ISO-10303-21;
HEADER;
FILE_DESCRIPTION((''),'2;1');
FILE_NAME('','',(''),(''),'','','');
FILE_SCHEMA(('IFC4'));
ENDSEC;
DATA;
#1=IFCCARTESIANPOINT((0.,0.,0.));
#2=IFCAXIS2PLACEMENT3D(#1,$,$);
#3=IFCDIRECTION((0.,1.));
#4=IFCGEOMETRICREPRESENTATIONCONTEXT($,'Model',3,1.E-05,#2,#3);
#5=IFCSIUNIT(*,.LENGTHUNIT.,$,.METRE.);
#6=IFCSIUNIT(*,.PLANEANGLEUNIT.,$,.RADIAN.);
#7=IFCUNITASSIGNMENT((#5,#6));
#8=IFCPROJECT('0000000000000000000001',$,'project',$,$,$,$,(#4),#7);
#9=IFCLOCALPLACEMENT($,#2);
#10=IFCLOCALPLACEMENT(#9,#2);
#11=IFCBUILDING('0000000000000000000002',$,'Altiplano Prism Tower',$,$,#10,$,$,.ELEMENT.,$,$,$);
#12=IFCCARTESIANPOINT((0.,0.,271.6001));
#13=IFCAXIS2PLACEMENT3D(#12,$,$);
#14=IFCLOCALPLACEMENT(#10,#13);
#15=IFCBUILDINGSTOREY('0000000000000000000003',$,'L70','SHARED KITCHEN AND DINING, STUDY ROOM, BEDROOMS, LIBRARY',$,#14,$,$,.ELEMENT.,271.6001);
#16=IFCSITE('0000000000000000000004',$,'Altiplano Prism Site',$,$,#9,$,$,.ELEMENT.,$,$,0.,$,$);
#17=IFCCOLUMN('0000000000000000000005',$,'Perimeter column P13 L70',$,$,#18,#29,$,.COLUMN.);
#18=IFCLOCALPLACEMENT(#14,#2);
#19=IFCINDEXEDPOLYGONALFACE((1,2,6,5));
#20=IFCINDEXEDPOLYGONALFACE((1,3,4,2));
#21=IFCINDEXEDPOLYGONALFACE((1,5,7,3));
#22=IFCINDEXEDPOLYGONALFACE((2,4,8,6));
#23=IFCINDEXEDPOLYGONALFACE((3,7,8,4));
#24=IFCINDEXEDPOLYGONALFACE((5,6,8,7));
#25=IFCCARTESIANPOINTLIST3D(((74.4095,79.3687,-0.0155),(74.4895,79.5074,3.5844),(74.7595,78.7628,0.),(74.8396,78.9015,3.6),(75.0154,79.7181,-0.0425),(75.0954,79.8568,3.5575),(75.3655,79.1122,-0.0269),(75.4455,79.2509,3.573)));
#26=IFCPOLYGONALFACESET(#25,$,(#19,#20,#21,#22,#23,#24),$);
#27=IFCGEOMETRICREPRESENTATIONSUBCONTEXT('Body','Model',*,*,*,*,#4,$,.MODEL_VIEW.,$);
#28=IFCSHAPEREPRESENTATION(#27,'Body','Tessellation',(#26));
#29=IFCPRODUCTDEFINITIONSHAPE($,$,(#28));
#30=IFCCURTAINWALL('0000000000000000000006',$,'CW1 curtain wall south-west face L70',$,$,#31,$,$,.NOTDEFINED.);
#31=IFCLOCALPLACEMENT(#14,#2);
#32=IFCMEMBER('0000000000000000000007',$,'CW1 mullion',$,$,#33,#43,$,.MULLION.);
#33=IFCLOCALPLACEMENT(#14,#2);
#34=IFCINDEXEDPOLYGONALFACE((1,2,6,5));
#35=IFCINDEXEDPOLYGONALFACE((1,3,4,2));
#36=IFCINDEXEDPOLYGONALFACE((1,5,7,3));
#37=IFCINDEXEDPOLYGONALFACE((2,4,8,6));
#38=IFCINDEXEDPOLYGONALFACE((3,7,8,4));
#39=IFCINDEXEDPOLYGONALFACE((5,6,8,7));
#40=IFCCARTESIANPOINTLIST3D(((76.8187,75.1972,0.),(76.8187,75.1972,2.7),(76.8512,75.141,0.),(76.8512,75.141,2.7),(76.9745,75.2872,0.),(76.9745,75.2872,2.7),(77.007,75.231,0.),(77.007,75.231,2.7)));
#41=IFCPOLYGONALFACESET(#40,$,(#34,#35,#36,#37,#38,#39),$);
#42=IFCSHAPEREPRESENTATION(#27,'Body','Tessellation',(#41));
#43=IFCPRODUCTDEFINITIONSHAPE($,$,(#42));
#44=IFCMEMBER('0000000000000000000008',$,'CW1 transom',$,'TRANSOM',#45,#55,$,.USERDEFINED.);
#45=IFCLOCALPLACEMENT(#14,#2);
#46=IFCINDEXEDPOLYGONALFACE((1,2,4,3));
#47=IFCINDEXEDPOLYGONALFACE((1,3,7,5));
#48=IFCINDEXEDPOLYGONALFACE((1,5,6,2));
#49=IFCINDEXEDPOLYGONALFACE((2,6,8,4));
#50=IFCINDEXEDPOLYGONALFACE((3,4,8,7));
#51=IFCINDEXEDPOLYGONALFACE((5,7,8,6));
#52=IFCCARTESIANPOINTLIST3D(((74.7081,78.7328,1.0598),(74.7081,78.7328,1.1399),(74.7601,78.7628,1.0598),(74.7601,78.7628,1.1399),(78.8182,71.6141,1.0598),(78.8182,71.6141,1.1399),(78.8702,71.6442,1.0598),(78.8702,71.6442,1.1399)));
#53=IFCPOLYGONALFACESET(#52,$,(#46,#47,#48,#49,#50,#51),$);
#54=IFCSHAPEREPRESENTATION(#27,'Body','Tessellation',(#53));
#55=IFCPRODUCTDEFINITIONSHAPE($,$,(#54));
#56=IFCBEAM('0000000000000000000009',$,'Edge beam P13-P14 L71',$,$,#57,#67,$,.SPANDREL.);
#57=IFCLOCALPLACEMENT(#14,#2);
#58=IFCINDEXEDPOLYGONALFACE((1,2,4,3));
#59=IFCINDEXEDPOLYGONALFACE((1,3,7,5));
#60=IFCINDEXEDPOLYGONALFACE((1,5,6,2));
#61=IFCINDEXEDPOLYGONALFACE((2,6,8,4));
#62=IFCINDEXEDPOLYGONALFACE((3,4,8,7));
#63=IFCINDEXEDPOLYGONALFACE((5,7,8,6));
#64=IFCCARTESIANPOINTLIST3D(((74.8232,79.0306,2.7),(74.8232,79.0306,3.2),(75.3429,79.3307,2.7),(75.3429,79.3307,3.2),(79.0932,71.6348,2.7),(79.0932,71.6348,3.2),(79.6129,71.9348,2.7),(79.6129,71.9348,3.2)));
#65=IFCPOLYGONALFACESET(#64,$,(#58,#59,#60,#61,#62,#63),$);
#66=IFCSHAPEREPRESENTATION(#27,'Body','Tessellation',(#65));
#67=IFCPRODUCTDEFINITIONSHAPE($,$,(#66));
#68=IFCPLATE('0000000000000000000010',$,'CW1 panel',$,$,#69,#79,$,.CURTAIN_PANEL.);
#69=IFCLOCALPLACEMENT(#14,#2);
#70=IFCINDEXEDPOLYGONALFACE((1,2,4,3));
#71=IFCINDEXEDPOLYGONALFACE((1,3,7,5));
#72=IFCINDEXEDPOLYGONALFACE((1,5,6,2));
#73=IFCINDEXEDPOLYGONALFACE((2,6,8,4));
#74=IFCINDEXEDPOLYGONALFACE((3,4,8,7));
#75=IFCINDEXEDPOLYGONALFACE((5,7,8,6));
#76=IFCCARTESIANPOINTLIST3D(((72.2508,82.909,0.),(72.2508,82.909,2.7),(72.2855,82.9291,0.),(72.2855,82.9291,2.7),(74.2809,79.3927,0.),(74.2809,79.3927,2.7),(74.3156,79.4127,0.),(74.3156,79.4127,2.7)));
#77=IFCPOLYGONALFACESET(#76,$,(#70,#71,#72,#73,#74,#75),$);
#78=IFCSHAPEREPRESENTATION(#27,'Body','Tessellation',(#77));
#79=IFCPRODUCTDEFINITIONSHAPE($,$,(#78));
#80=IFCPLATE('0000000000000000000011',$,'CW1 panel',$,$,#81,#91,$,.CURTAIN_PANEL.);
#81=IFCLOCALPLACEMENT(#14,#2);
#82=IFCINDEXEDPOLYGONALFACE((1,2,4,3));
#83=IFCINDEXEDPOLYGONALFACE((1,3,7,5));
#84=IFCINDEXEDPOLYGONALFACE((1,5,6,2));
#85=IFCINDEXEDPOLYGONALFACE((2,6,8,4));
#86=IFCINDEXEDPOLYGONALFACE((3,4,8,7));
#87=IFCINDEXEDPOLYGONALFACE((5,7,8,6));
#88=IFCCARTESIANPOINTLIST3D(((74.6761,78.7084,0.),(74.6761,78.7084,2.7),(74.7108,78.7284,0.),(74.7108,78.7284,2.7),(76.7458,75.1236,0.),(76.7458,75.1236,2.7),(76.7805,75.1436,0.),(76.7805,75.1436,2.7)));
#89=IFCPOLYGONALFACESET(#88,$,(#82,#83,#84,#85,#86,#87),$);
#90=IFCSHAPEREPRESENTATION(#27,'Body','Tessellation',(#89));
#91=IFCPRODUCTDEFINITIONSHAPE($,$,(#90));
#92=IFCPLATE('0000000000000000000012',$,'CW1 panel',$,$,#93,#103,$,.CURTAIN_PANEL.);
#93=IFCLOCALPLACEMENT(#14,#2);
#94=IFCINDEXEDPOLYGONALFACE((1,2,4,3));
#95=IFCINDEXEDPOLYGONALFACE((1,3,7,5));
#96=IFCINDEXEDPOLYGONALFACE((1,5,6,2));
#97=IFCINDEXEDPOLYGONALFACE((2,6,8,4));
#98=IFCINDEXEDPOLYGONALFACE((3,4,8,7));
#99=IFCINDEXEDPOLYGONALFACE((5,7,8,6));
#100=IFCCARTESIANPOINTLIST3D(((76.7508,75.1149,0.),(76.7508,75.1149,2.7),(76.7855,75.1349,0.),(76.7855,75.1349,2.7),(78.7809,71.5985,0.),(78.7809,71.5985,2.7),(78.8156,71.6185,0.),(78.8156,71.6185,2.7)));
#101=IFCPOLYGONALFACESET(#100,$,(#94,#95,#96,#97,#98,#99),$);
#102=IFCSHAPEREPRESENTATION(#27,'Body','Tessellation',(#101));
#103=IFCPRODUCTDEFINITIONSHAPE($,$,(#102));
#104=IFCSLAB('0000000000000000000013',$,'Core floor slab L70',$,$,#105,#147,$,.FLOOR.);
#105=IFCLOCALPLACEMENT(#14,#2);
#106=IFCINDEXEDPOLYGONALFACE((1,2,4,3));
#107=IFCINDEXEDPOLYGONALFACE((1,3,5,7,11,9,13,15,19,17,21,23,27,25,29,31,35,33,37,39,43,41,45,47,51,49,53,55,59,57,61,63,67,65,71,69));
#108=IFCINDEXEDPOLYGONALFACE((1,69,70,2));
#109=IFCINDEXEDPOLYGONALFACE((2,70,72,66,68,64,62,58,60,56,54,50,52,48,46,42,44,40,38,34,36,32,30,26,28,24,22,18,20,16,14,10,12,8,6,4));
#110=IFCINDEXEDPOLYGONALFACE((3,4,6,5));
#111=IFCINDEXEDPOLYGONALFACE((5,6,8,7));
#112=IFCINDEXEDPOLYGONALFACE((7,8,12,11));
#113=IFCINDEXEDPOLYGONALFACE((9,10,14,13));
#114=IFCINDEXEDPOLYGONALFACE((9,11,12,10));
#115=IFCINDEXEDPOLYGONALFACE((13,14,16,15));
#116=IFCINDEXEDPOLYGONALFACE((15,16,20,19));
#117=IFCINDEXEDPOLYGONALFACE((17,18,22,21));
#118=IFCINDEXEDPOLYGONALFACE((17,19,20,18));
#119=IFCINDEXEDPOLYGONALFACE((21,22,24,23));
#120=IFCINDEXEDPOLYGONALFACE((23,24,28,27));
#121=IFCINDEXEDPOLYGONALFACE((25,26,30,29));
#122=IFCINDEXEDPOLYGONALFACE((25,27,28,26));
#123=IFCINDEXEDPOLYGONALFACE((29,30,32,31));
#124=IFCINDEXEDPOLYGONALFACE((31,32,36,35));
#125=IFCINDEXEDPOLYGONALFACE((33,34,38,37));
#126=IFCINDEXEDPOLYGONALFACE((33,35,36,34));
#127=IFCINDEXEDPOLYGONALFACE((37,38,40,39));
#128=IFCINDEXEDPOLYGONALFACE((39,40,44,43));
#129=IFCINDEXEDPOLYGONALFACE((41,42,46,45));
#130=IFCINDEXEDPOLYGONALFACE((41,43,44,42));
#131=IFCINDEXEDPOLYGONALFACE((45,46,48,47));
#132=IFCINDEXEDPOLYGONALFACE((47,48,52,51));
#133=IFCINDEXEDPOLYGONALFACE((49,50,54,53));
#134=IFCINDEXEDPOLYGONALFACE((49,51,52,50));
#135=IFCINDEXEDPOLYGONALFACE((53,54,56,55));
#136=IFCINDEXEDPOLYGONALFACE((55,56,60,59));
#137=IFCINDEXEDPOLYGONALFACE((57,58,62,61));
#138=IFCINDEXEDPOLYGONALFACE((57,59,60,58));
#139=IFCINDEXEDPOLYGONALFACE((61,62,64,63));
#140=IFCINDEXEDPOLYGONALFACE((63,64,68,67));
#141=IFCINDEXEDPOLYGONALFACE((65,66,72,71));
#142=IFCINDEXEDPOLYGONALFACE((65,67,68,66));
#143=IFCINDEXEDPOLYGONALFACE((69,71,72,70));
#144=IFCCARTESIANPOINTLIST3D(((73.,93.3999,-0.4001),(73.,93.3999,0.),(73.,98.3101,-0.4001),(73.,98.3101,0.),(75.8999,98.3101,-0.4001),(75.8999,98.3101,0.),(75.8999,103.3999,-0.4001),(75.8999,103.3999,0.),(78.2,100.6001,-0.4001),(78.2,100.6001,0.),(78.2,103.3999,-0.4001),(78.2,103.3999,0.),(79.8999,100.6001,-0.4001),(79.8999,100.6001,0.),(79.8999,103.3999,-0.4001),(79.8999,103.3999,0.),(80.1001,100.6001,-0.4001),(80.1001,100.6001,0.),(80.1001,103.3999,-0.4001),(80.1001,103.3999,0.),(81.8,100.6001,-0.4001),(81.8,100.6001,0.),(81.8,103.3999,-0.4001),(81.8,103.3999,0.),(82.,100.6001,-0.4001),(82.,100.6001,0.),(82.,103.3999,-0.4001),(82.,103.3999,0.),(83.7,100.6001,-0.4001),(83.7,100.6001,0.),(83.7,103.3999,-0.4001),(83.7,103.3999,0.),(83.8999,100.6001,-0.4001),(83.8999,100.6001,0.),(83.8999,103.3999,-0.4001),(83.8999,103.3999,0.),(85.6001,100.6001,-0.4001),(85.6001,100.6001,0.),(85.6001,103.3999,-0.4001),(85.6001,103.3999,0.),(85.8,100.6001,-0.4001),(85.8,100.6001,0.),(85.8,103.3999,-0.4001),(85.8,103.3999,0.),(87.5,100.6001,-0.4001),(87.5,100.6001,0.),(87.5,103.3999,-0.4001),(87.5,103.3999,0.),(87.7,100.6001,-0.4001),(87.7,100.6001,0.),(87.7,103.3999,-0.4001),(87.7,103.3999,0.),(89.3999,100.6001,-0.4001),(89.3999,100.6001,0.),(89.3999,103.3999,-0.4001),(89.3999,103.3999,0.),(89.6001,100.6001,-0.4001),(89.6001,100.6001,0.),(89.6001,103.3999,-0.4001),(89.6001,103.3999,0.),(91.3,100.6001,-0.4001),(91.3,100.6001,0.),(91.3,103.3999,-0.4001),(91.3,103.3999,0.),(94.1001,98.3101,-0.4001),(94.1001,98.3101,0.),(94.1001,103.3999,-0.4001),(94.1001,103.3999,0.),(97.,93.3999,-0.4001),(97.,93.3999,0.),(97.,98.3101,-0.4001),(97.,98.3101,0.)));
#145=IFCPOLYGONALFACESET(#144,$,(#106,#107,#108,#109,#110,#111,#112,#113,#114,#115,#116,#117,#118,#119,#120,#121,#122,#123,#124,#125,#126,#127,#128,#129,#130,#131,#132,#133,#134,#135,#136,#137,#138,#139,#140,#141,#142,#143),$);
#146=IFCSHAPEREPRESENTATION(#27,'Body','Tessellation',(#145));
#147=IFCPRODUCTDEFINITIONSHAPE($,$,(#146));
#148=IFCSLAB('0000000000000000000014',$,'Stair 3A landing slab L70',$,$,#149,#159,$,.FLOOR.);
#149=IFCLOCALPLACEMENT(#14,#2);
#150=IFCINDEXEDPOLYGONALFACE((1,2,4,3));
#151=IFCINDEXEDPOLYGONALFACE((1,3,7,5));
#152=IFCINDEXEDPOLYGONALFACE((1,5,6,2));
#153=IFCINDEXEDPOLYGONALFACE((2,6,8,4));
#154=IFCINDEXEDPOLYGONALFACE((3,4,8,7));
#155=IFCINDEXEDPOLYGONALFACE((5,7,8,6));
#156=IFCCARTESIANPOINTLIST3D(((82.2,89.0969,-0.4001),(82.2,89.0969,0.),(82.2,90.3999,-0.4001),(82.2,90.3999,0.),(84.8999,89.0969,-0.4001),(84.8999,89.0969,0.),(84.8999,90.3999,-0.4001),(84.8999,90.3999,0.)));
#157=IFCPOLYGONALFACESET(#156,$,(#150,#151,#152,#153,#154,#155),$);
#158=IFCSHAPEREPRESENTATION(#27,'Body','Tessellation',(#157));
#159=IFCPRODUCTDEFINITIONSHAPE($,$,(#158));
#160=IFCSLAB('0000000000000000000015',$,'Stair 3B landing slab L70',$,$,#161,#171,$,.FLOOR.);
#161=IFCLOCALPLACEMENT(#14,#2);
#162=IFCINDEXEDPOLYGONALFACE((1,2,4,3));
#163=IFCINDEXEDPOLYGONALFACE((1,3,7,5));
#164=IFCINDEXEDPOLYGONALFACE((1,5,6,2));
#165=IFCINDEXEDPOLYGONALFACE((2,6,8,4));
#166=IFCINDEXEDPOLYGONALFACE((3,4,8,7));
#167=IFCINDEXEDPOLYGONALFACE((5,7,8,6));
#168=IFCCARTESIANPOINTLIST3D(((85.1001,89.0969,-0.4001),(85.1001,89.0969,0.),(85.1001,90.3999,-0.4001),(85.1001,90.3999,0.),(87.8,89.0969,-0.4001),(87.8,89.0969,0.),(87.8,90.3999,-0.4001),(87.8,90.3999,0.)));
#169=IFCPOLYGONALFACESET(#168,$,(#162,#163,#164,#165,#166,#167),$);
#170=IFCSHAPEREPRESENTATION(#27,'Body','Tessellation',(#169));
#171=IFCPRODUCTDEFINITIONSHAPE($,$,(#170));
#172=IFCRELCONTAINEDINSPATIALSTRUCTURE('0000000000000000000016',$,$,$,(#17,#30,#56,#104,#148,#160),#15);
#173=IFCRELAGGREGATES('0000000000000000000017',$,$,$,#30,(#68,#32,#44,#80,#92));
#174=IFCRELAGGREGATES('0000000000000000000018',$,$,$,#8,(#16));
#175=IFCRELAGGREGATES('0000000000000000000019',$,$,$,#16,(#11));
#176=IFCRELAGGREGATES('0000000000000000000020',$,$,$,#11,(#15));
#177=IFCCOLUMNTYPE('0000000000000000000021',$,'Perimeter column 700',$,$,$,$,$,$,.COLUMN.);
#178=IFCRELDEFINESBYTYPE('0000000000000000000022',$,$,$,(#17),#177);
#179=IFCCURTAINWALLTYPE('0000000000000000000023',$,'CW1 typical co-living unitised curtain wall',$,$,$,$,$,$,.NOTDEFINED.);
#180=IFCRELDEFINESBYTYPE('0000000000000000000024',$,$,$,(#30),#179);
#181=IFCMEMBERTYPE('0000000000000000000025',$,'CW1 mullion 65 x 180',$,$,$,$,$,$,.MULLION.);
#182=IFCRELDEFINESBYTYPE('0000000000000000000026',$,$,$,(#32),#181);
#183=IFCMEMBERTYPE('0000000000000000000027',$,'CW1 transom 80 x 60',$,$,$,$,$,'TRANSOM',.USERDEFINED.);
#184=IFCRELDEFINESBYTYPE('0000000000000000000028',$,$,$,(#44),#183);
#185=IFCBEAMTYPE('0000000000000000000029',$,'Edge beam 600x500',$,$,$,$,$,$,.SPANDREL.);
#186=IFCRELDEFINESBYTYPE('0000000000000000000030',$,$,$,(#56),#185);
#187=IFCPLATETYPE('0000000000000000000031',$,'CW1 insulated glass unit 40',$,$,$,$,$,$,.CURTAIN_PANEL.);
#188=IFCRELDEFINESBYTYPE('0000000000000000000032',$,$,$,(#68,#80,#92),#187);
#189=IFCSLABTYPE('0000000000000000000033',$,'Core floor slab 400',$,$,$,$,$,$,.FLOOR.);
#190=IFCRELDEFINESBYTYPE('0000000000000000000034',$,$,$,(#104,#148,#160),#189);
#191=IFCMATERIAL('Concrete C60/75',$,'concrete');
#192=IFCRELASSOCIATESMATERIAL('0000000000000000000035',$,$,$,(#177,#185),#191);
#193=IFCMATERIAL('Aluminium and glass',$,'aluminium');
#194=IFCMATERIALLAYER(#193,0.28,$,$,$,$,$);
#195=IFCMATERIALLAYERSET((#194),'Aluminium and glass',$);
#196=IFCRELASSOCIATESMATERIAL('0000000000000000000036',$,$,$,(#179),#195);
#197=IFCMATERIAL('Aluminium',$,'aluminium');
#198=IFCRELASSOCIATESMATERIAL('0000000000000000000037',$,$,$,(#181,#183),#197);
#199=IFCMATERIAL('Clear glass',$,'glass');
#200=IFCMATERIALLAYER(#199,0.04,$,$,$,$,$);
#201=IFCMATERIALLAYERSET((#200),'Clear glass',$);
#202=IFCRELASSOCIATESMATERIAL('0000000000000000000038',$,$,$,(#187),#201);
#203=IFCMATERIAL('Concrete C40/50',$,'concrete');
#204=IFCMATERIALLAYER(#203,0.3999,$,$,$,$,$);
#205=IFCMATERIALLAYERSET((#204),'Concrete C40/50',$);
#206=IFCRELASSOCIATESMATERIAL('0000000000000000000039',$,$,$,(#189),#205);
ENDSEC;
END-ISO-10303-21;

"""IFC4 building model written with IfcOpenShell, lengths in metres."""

from ifc_helpers import new_model, si_unit, direction, frame, origin, origin_2d, place, context, subcontext, project, spatial, polyline, rectangle, outline, extrude, material, layer, layer_set, material_profile, profile_set, type_object, element, aggregate, save


model = new_model("IFC4")

# Units and contexts
model_context = context("Model", 3, precision=1e-05, world=origin(), true_north=direction((0.0, 1.0)))
body_context = subcontext(model_context, "Body", "Model", "MODEL_VIEW")
ifc_project = project(units=[si_unit("LENGTHUNIT", "METRE"), si_unit("PLANEANGLEUNIT", "RADIAN")], contexts=[model_context])

# Site, building, storey
site_placement = place(None, origin())
site = spatial("IfcSite", under=ifc_project, at=site_placement, Name="Altiplano Prism Site", CompositionType="ELEMENT", RefElevation=0.0)
building_placement = place(site_placement, origin())
building = spatial("IfcBuilding", under=site, at=building_placement, Name="Altiplano Prism Tower", CompositionType="ELEMENT")
storey_placement = place(building_placement, frame((0.0, 0.0, 271.6001)))
storey = spatial("IfcBuildingStorey", under=building, at=storey_placement, Name="L70", Description="SHARED KITCHEN AND DINING, STUDY ROOM, BEDROOMS, LIBRARY", CompositionType="ELEMENT", Elevation=271.6001)

# Column
ifc_material_1 = material(Name="Concrete C60/75", Category="concrete")
ifc_material_profile_1 = material_profile(ifc_material_1, rectangle(XDim=0.7, YDim=0.7, at=origin_2d()), Name="Perimeter column 700")
ifc_profile_set_1 = profile_set([ifc_material_profile_1], Name="Concrete C60/75")
column_type = type_object("IfcColumnType", Name="Perimeter column 700", PredefinedType="COLUMN", material=ifc_profile_set_1)
column_placement = place(storey_placement, frame((74.8875, 79.2405, -0.0212), z_axis=(0.022223, 0.038483, 0.999012), x_axis=(-0.865642, -0.499182, 0.038485)))
element("IfcColumn", 1, at=column_placement, inside=storey, type_object=column_type, Name="Perimeter column P13 L70", PredefinedType="COLUMN", context=body_context, shape_type="SweptSolid", body=[
    extrude(rectangle(XDim=0.7, YDim=0.7, at=origin_2d()), origin(), (0.0, 0.0, 1.0), 3.6035),
])

# Curtain wall, members
ifc_material_2 = material(Name="Aluminium and glass", Category="aluminium")
ifc_layer_1 = layer(ifc_material_2, 0.28)
ifc_layer_set_1 = layer_set([ifc_layer_1], Name="Aluminium and glass")
curtain_wall_type = type_object("IfcCurtainWallType", Name="CW1 typical co-living unitised curtain wall", PredefinedType="NOTDEFINED", material=ifc_layer_set_1)
curtain_wall_placement = place(storey_placement, origin())
curtain_wall = element("IfcCurtainWall", 2, at=curtain_wall_placement, inside=storey, type_object=curtain_wall_type, Name="CW1 curtain wall south-west face L70", PredefinedType="NOTDEFINED")
ifc_material_3 = material(Name="Aluminium", Category="aluminium")
ifc_material_profile_2 = material_profile(ifc_material_3, rectangle(XDim=0.1799, YDim=0.0649, at=origin_2d()), Name="CW1 mullion 65 x 180")
ifc_profile_set_2 = profile_set([ifc_material_profile_2], Name="Aluminium")
member_type_1 = type_object("IfcMemberType", Name="CW1 mullion 65 x 180", PredefinedType="MULLION", material=ifc_profile_set_2)
member_1_placement = place(storey_placement, frame((76.9128, 75.2141, 0.0), z_axis=(0.0, 0.0, 1.0), x_axis=(0.866025, 0.5, 0.0)))
member_1 = element("IfcMember", 3, at=member_1_placement, type_object=member_type_1, Name="CW1 mullion", PredefinedType="MULLION", context=body_context, shape_type="SweptSolid", body=[
    extrude(rectangle(XDim=0.1799, YDim=0.0649, at=origin_2d()), origin(), (0.0, 0.0, 1.0), 2.7),
])
ifc_material_profile_3 = material_profile(ifc_material_3, rectangle(XDim=0.0601, YDim=0.0801, at=origin_2d()), Name="CW1 transom 80 x 60")
ifc_profile_set_3 = profile_set([ifc_material_profile_3], Name="Aluminium")
member_type_2 = type_object("IfcMemberType", Name="CW1 transom 80 x 60", ElementType="TRANSOM", PredefinedType="USERDEFINED", material=ifc_profile_set_3)
member_2_placement = place(storey_placement, frame((74.7341, 78.7478, 1.0999), z_axis=(0.500014, -0.866017, 0.0), x_axis=(0.866017, 0.500014, 0.0)))
member_2 = element("IfcMember", 4, at=member_2_placement, type_object=member_type_2, Name="CW1 transom", ObjectType="TRANSOM", PredefinedType="USERDEFINED", context=body_context, shape_type="SweptSolid", body=[
    extrude(rectangle(XDim=0.0601, YDim=0.0801, at=origin_2d()), origin(), (0.0, 0.0, 1.0), 8.22),
])

# Beam
ifc_material_profile_4 = material_profile(ifc_material_1, rectangle(XDim=0.6001, YDim=0.5, at=origin_2d()), Name="Edge beam 600x500")
ifc_profile_set_4 = profile_set([ifc_material_profile_4], Name="Concrete C60/75")
beam_type = type_object("IfcBeamType", Name="Edge beam 600x500", PredefinedType="SPANDREL", material=ifc_profile_set_4)
beam_placement = place(storey_placement, frame((75.083, 79.1807, 2.95), z_axis=(0.500007, -0.866021, 0.0), x_axis=(0.866021, 0.500007, 0.0)))
element("IfcBeam", 5, at=beam_placement, inside=storey, type_object=beam_type, Name="Edge beam P13-P14 L71", PredefinedType="SPANDREL", context=body_context, shape_type="SweptSolid", body=[
    extrude(rectangle(XDim=0.6001, YDim=0.5, at=origin_2d()), origin(), (0.0, 0.0, 1.0), 8.54),
])

# Plates
ifc_material_4 = material(Name="Clear glass", Category="glass")
ifc_layer_2 = layer(ifc_material_4, 0.04)
ifc_layer_set_2 = layer_set([ifc_layer_2], Name="Clear glass")
plate_type = type_object("IfcPlateType", Name="CW1 insulated glass unit 40", PredefinedType="CURTAIN_PANEL", material=ifc_layer_set_2)
plate_1_placement = place(storey_placement, frame((73.2832, 81.1609, 0.0), z_axis=(0.0, 0.0, 1.0), x_axis=(0.5, -0.866025, 0.0)))
plate_1 = element("IfcPlate", 6, at=plate_1_placement, type_object=plate_type, Name="CW1 panel", PredefinedType="CURTAIN_PANEL", context=body_context, shape_type="SweptSolid", body=[
    extrude(rectangle(XDim=4.0603, YDim=0.04, at=origin_2d()), origin(), (0.0, 0.0, 1.0), 2.7),
])
plate_2_placement = place(storey_placement, frame((75.7283, 76.926, 0.0), z_axis=(0.0, 0.0, 1.0), x_axis=(0.5, -0.866025, 0.0)))
plate_2 = element("IfcPlate", 7, at=plate_2_placement, type_object=plate_type, Name="CW1 panel", PredefinedType="CURTAIN_PANEL", context=body_context, shape_type="SweptSolid", body=[
    extrude(rectangle(XDim=4.1394, YDim=0.04, at=origin_2d()), origin(), (0.0, 0.0, 1.0), 2.7),
])
plate_3_placement = place(storey_placement, frame((77.7832, 73.3667, 0.0), z_axis=(0.0, 0.0, 1.0), x_axis=(0.5, -0.866025, 0.0)))
plate_3 = element("IfcPlate", 8, at=plate_3_placement, type_object=plate_type, Name="CW1 panel", PredefinedType="CURTAIN_PANEL", context=body_context, shape_type="SweptSolid", body=[
    extrude(rectangle(XDim=4.0603, YDim=0.04, at=origin_2d()), origin(), (0.0, 0.0, 1.0), 2.7),
])
aggregate(curtain_wall, [plate_1, member_1, member_2, plate_2, plate_3])

# Slabs
ifc_material_5 = material(Name="Concrete C40/50", Category="concrete")
ifc_layer_3 = layer(ifc_material_5, 0.3999)
ifc_layer_set_3 = layer_set([ifc_layer_3], Name="Concrete C40/50")
slab_type_1 = type_object("IfcSlabType", Name="Core floor slab 400", PredefinedType="FLOOR", material=ifc_layer_set_3)
slab_1_placement = place(storey_placement, frame((0.0, 0.0, -0.4001)))
element("IfcSlab", 9, at=slab_1_placement, inside=storey, type_object=slab_type_1, Name="Core floor slab L70", PredefinedType="FLOOR", context=body_context, shape_type="SweptSolid", body=[
    extrude(outline(polyline([(97.0, 98.3101), (94.1001, 98.3101), (94.1001, 103.3999), (91.3, 103.3999), (91.3, 100.6001), (89.6001, 100.6001), (89.6001, 103.3999), (89.3999, 103.3999), (89.3999, 100.6001), (87.7, 100.6001), (87.7, 103.3999), (87.5, 103.3999), (87.5, 100.6001), (85.8, 100.6001), (85.8, 103.3999), (85.6001, 103.3999), (85.6001, 100.6001), (83.8999, 100.6001), (83.8999, 103.3999), (83.7, 103.3999), (83.7, 100.6001), (82.0, 100.6001), (82.0, 103.3999), (81.8, 103.3999), (81.8, 100.6001), (80.1001, 100.6001), (80.1001, 103.3999), (79.8999, 103.3999), (79.8999, 100.6001), (78.2, 100.6001), (78.2, 103.3999), (75.8999, 103.3999), (75.8999, 98.3101), (73.0, 98.3101), (73.0, 93.3999), (97.0, 93.3999), (97.0, 98.3101)])), origin(), (0.0, 0.0, 1.0), 0.4001),
])
slab_2_placement = place(storey_placement, frame((0.0, 0.0, -0.4001)))
element("IfcSlab", 10, at=slab_2_placement, inside=storey, type_object=slab_type_1, Name="Stair 3A landing slab L70", PredefinedType="FLOOR", context=body_context, shape_type="SweptSolid", body=[
    extrude(outline(polyline([(82.2, 89.0969), (84.8999, 89.0969), (84.8999, 90.3999), (82.2, 90.3999), (82.2, 89.0969)])), origin(), (0.0, 0.0, 1.0), 0.4001),
])
slab_3_placement = place(storey_placement, frame((0.0, 0.0, -0.4001)))
element("IfcSlab", 11, at=slab_3_placement, inside=storey, type_object=slab_type_1, Name="Stair 3B landing slab L70", PredefinedType="FLOOR", context=body_context, shape_type="SweptSolid", body=[
    extrude(outline(polyline([(85.1001, 89.0969), (87.8, 89.0969), (87.8, 90.3999), (85.1001, 90.3999), (85.1001, 89.0969)])), origin(), (0.0, 0.0, 1.0), 0.4001),
])

save(model, "model.ifc")
